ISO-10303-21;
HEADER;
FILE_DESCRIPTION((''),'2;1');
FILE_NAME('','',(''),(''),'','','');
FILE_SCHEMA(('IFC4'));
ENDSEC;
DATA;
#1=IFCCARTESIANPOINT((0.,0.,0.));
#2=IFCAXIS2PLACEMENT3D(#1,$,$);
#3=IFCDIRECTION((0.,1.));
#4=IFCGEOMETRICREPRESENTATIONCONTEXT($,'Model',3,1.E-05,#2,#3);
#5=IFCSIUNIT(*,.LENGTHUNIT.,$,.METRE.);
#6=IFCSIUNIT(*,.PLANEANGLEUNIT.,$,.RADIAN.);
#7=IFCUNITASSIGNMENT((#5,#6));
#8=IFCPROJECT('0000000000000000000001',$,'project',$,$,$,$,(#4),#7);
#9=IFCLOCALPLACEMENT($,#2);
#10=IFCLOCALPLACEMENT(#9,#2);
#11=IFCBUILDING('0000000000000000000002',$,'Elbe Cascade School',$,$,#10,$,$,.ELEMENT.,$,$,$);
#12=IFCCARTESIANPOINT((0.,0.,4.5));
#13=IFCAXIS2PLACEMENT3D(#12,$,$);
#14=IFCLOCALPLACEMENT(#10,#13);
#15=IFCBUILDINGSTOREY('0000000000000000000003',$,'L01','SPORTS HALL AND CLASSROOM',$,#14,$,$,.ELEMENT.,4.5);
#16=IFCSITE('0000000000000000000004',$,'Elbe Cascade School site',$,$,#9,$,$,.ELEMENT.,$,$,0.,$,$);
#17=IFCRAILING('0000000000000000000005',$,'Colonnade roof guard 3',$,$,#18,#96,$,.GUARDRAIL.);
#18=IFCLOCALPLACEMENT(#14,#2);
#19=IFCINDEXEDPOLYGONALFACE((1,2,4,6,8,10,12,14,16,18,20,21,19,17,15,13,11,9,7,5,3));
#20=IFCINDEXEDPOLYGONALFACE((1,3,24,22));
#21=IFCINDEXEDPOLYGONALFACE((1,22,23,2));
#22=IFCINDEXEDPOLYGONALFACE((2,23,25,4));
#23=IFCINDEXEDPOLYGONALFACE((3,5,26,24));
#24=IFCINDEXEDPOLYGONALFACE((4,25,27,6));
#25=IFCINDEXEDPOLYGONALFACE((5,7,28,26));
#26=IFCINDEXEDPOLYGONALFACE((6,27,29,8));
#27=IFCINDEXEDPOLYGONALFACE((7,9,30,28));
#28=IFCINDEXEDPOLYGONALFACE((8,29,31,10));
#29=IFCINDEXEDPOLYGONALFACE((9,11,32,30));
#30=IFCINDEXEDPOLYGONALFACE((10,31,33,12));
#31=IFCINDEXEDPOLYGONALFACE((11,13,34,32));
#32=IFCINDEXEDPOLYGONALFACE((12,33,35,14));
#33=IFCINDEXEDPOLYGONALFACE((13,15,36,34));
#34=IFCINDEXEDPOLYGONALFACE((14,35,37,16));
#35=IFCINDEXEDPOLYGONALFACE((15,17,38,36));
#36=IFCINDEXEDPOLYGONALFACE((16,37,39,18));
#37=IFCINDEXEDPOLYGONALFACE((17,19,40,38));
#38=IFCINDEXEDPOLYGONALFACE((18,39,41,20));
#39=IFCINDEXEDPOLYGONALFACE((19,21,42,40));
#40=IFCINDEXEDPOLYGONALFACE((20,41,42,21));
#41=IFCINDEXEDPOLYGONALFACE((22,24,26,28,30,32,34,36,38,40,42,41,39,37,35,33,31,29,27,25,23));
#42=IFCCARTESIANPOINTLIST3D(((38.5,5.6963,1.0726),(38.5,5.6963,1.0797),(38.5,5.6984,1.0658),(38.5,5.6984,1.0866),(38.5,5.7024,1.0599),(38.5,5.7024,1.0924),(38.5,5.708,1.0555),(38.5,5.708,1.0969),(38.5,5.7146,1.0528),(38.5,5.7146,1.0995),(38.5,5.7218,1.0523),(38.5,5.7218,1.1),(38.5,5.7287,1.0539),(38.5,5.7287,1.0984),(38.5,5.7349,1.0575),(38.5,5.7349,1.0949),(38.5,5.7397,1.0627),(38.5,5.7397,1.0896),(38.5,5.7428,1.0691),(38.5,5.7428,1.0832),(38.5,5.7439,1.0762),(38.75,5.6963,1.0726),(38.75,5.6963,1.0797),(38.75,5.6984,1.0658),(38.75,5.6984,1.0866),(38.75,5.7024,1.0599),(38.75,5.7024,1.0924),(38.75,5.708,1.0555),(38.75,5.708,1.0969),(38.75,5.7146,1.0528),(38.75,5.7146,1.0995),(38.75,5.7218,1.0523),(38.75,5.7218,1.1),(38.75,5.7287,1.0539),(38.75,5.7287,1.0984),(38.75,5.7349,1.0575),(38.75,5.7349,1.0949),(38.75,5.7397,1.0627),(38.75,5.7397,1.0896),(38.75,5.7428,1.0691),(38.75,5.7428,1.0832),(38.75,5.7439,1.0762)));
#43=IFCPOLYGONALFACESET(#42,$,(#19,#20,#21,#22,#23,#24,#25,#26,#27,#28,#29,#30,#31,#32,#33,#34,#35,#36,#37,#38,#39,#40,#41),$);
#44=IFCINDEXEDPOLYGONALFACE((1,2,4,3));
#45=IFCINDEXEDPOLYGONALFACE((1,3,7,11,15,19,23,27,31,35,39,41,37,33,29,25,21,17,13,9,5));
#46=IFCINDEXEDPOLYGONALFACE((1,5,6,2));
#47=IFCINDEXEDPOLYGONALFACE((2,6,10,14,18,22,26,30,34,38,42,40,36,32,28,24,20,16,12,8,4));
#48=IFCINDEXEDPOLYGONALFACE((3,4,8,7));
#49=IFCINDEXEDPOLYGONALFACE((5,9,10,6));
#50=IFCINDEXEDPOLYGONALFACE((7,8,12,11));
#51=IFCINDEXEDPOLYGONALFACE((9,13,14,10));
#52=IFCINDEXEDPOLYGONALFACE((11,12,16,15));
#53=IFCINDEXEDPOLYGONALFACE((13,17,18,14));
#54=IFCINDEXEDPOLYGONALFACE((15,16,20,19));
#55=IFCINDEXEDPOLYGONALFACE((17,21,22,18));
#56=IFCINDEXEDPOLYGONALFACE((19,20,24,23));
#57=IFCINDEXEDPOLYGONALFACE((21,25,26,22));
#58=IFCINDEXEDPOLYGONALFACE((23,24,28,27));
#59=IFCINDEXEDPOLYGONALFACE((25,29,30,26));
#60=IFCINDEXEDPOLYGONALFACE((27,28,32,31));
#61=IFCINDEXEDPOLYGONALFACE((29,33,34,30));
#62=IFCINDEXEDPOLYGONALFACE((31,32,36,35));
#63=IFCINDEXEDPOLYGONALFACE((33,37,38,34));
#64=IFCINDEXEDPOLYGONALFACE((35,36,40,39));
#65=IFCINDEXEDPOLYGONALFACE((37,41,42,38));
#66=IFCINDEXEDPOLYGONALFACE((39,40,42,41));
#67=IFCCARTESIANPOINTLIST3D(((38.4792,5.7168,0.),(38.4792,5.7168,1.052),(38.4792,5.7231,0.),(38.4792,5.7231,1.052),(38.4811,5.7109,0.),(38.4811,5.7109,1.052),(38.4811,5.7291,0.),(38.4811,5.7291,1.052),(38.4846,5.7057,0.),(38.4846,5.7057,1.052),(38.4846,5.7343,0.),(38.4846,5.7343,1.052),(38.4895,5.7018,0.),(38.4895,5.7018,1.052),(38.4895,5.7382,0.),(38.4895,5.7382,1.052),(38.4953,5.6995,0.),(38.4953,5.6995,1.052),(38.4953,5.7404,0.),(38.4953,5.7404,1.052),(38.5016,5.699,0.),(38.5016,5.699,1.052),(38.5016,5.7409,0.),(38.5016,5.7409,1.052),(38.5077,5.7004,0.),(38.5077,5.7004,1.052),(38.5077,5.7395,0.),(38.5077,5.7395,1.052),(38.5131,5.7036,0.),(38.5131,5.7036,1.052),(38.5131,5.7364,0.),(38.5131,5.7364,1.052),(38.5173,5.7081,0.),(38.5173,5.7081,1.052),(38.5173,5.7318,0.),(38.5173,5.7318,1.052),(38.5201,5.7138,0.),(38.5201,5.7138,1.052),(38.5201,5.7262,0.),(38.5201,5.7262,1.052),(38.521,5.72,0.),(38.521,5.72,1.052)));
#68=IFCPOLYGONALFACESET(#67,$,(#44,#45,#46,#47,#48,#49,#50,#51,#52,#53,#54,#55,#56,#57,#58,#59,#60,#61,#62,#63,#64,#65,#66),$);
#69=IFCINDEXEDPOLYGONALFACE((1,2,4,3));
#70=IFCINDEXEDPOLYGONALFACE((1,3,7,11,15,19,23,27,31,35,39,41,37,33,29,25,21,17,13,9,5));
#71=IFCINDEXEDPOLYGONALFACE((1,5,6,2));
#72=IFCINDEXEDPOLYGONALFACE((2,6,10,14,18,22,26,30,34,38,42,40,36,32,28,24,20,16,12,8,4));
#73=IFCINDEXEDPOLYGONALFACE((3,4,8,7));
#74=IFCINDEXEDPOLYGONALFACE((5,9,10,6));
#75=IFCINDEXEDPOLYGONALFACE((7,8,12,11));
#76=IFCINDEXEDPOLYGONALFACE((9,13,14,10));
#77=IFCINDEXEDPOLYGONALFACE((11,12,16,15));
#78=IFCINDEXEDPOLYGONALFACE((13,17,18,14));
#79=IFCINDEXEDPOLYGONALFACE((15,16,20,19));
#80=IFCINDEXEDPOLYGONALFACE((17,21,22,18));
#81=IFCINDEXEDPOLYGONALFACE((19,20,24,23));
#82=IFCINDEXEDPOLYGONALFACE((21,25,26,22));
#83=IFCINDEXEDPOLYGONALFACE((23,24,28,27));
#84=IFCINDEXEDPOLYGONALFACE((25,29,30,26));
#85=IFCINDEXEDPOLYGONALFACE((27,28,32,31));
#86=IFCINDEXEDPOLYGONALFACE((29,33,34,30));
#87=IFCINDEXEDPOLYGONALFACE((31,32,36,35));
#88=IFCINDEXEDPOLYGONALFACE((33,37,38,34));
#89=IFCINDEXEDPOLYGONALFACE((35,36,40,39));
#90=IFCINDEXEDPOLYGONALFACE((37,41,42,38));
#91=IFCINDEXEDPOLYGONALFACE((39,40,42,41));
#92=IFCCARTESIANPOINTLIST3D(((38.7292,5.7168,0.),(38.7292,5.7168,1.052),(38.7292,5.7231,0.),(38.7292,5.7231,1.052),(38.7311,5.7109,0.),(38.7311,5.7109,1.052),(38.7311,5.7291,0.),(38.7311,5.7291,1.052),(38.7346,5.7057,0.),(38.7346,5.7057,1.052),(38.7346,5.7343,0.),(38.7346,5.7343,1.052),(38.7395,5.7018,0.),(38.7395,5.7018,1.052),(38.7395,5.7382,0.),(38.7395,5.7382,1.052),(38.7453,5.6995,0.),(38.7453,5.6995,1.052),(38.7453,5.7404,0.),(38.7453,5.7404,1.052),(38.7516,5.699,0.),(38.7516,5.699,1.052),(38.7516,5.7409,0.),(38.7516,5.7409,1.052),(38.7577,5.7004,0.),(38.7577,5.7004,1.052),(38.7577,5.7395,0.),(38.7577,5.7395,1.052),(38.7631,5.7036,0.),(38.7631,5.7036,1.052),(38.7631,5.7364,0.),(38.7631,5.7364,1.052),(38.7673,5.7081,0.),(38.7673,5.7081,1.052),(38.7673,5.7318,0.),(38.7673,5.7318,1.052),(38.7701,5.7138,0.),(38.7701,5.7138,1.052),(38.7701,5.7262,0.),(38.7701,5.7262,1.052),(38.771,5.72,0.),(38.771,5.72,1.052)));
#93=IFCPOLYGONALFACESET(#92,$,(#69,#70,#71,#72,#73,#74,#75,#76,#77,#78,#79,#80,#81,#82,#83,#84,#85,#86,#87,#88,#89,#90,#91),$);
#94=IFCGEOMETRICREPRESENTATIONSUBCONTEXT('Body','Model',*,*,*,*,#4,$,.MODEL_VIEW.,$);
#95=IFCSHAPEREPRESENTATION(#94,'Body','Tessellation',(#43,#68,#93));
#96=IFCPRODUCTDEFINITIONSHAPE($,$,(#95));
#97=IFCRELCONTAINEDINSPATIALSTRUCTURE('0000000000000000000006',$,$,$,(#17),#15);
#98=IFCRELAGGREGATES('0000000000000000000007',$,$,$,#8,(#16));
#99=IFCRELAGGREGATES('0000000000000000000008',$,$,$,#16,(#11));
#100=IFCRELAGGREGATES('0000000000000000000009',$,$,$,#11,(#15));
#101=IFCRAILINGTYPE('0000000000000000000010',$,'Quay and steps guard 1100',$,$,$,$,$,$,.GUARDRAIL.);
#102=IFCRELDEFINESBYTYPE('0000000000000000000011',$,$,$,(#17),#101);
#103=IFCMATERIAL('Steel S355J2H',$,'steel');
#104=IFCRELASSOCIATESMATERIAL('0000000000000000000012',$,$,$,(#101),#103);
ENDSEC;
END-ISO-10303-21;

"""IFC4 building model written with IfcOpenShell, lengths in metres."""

from ifc_helpers import new_model, si_unit, direction, frame, origin, origin_2d, place, context, subcontext, project, spatial, circle, extrude, material, type_object, element, save


model = new_model("IFC4")

# Units and contexts
model_context = context("Model", 3, precision=1e-05, world=origin(), true_north=direction((0.0, 1.0)))
body_context = subcontext(model_context, "Body", "Model", "MODEL_VIEW")
ifc_project = project(units=[si_unit("LENGTHUNIT", "METRE"), si_unit("PLANEANGLEUNIT", "RADIAN")], contexts=[model_context])

# Site, building, storey
site_placement = place(None, origin())
site = spatial("IfcSite", under=ifc_project, at=site_placement, Name="Elbe Cascade School site", CompositionType="ELEMENT", RefElevation=0.0)
building_placement = place(site_placement, origin())
building = spatial("IfcBuilding", under=site, at=building_placement, Name="Elbe Cascade School", CompositionType="ELEMENT")
storey_placement = place(building_placement, frame((0.0, 0.0, 4.5)))
storey = spatial("IfcBuildingStorey", under=building, at=storey_placement, Name="L01", Description="SPORTS HALL AND CLASSROOM", CompositionType="ELEMENT", Elevation=4.5)

# Railing
ifc_material_1 = material(Name="Steel S355J2H", Category="steel")
railing_type = type_object("IfcRailingType", Name="Quay and steps guard 1100", PredefinedType="GUARDRAIL", material=ifc_material_1)
railing_1_placement = place(storey_placement, frame((38.5, 5.72, 0.0)))
element("IfcRailing", 1, at=railing_1_placement, inside=storey, type_object=railing_type, Name="Colonnade roof guard 3", PredefinedType="GUARDRAIL", context=body_context, shape_type="SweptSolid", body=[
    extrude(circle(Radius=0.0239, at=origin_2d()), frame((0.0, 0.0, 1.0762), z_axis=(1.0, 0.0, 0.0), x_axis=(0.0, 1.0, 0.0)), (0.0, 0.0, 1.0), 0.25),
    extrude(circle(Radius=0.021, at=origin_2d()), origin(), (0.0, 0.0, 1.0), 1.052),
    extrude(circle(Radius=0.021, at=origin_2d()), frame((0.25, 0.0, 0.0)), (0.0, 0.0, 1.0), 1.052),
])

save(model, "model.ifc")
